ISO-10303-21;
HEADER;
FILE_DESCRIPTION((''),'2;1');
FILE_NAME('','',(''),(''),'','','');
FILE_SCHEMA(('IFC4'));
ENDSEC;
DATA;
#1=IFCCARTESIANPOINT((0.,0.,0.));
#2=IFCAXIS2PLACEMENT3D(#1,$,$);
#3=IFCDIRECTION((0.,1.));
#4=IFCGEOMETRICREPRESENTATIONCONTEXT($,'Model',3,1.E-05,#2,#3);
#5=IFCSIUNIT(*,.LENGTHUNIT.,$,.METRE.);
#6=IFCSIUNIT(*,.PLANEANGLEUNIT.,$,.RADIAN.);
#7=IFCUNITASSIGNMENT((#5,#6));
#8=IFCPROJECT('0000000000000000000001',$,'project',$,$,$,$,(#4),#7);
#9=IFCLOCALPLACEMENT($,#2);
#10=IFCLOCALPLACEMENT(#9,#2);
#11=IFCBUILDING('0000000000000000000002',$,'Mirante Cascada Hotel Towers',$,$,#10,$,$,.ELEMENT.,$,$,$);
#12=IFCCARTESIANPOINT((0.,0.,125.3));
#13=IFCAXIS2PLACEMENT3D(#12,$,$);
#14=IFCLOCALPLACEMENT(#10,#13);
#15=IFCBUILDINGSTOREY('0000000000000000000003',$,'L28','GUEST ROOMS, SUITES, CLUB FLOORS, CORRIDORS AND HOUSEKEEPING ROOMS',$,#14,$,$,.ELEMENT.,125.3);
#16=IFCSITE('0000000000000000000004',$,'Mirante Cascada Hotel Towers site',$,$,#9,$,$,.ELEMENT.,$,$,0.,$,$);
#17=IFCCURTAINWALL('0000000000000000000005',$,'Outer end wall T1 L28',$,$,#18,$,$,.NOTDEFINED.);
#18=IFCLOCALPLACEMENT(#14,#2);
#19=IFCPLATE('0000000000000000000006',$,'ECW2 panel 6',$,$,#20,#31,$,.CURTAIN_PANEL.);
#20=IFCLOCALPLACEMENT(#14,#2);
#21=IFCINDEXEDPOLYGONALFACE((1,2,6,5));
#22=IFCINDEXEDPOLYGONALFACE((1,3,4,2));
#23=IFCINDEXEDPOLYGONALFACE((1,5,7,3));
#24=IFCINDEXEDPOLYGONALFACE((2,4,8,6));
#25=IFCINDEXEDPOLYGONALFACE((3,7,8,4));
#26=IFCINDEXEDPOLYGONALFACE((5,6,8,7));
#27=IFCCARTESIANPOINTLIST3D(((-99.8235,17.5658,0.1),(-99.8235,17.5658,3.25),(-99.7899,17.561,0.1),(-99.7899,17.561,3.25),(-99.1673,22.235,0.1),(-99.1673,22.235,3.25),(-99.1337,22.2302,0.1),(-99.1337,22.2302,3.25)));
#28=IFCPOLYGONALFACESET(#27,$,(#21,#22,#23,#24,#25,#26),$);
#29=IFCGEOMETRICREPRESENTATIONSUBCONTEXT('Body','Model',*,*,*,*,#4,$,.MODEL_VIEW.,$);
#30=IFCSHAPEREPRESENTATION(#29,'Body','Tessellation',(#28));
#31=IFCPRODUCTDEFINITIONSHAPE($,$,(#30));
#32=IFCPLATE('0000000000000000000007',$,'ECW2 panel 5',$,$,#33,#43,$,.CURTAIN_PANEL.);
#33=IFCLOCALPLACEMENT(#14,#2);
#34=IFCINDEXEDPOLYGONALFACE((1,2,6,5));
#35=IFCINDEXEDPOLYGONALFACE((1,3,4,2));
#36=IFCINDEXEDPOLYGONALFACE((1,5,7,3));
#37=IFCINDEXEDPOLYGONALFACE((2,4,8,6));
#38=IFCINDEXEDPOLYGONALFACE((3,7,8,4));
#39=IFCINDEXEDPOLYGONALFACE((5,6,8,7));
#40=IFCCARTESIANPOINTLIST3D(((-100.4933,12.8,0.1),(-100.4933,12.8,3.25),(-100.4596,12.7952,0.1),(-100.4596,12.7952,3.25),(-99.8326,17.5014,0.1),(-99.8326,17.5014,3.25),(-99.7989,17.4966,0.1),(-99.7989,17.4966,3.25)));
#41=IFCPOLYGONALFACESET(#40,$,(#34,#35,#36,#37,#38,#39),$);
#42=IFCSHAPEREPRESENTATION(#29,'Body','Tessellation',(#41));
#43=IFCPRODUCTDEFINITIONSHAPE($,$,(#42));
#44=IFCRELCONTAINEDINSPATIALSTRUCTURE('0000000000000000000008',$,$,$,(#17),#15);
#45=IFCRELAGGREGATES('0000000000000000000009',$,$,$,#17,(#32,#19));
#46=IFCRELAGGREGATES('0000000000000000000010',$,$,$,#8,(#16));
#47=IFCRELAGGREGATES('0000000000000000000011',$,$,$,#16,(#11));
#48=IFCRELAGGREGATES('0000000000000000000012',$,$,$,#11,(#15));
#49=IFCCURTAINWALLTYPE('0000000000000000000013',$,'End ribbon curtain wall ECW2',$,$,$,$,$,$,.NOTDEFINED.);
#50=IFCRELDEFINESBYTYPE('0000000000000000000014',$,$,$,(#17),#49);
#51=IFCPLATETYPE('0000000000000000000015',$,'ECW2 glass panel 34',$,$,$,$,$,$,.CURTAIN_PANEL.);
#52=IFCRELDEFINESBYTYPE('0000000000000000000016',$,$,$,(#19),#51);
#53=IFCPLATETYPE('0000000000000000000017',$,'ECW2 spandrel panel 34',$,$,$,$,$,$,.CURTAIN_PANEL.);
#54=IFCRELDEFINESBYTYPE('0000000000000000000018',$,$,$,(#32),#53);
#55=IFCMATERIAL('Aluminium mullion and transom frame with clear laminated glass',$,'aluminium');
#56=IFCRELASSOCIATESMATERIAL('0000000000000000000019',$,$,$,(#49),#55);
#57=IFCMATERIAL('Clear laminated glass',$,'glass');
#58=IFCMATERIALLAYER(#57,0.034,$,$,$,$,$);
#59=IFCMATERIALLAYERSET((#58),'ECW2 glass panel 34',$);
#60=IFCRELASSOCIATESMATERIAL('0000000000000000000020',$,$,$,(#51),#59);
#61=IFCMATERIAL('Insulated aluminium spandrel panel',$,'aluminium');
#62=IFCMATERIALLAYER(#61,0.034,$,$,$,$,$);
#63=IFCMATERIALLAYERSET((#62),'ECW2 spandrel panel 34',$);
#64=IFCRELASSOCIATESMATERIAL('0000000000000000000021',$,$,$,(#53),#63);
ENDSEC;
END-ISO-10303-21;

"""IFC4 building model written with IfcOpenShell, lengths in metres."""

from ifc_helpers import new_model, si_unit, direction, frame, origin, origin_2d, place, context, subcontext, project, spatial, rectangle, extrude, material, layer, layer_set, type_object, element, aggregate, save


model = new_model("IFC4")

# Units and contexts
model_context = context("Model", 3, precision=1e-05, world=origin(), true_north=direction((0.0, 1.0)))
body_context = subcontext(model_context, "Body", "Model", "MODEL_VIEW")
ifc_project = project(units=[si_unit("LENGTHUNIT", "METRE"), si_unit("PLANEANGLEUNIT", "RADIAN")], contexts=[model_context])

# Site, building, storey
site_placement = place(None, origin())
site = spatial("IfcSite", under=ifc_project, at=site_placement, Name="Mirante Cascada Hotel Towers site", CompositionType="ELEMENT", RefElevation=0.0)
building_placement = place(site_placement, origin())
building = spatial("IfcBuilding", under=site, at=building_placement, Name="Mirante Cascada Hotel Towers", CompositionType="ELEMENT")
storey_placement = place(building_placement, frame((0.0, 0.0, 125.3)))
storey = spatial("IfcBuildingStorey", under=building, at=storey_placement, Name="L28", Description="GUEST ROOMS, SUITES, CLUB FLOORS, CORRIDORS AND HOUSEKEEPING ROOMS", CompositionType="ELEMENT", Elevation=125.3)

# Curtain wall
ifc_material_1 = material(Name="Aluminium mullion and transom frame with clear laminated glass", Category="aluminium")
curtain_wall_type_1 = type_object("IfcCurtainWallType", Name="End ribbon curtain wall ECW2", PredefinedType="NOTDEFINED", material=ifc_material_1)
curtain_wall_1_placement = place(storey_placement, origin())
curtain_wall_1 = element("IfcCurtainWall", 1, at=curtain_wall_1_placement, inside=storey, type_object=curtain_wall_type_1, Name="Outer end wall T1 L28", PredefinedType="NOTDEFINED")

# Plates
ifc_material_2 = material(Name="Clear laminated glass", Category="glass")
ifc_layer_1 = layer(ifc_material_2, 0.034)
ifc_layer_set_1 = layer_set([ifc_layer_1], Name="ECW2 glass panel 34")
plate_type_1 = type_object("IfcPlateType", Name="ECW2 glass panel 34", PredefinedType="CURTAIN_PANEL", material=ifc_layer_set_1)
plate_1_placement = place(storey_placement, frame((-99.4786, 19.898, 0.1), z_axis=(0.0, 0.0, 1.0), x_axis=(0.139173, 0.990268, 0.0)))
plate_1 = element("IfcPlate", 2, at=plate_1_placement, type_object=plate_type_1, Name="ECW2 panel 6", PredefinedType="CURTAIN_PANEL", context=body_context, shape_type="SweptSolid", body=[
    extrude(rectangle(XDim=4.7151, YDim=0.034, at=origin_2d()), origin(), (0.0, 0.0, 1.0), 3.15),
])
ifc_material_3 = material(Name="Insulated aluminium spandrel panel", Category="aluminium")
ifc_layer_2 = layer(ifc_material_3, 0.034)
ifc_layer_set_2 = layer_set([ifc_layer_2], Name="ECW2 spandrel panel 34")
plate_type_2 = type_object("IfcPlateType", Name="ECW2 spandrel panel 34", PredefinedType="CURTAIN_PANEL", material=ifc_layer_set_2)
plate_2_placement = place(storey_placement, frame((-100.1461, 15.1483, 0.1), z_axis=(0.0, 0.0, 1.0), x_axis=(0.139173, 0.990268, 0.0)))
plate_2 = element("IfcPlate", 3, at=plate_2_placement, type_object=plate_type_2, Name="ECW2 panel 5", PredefinedType="CURTAIN_PANEL", context=body_context, shape_type="SweptSolid", body=[
    extrude(rectangle(XDim=4.7476, YDim=0.034, at=origin_2d()), origin(), (0.0, 0.0, 1.0), 3.15),
])
aggregate(curtain_wall_1, [plate_2, plate_1])

save(model, "model.ifc")
